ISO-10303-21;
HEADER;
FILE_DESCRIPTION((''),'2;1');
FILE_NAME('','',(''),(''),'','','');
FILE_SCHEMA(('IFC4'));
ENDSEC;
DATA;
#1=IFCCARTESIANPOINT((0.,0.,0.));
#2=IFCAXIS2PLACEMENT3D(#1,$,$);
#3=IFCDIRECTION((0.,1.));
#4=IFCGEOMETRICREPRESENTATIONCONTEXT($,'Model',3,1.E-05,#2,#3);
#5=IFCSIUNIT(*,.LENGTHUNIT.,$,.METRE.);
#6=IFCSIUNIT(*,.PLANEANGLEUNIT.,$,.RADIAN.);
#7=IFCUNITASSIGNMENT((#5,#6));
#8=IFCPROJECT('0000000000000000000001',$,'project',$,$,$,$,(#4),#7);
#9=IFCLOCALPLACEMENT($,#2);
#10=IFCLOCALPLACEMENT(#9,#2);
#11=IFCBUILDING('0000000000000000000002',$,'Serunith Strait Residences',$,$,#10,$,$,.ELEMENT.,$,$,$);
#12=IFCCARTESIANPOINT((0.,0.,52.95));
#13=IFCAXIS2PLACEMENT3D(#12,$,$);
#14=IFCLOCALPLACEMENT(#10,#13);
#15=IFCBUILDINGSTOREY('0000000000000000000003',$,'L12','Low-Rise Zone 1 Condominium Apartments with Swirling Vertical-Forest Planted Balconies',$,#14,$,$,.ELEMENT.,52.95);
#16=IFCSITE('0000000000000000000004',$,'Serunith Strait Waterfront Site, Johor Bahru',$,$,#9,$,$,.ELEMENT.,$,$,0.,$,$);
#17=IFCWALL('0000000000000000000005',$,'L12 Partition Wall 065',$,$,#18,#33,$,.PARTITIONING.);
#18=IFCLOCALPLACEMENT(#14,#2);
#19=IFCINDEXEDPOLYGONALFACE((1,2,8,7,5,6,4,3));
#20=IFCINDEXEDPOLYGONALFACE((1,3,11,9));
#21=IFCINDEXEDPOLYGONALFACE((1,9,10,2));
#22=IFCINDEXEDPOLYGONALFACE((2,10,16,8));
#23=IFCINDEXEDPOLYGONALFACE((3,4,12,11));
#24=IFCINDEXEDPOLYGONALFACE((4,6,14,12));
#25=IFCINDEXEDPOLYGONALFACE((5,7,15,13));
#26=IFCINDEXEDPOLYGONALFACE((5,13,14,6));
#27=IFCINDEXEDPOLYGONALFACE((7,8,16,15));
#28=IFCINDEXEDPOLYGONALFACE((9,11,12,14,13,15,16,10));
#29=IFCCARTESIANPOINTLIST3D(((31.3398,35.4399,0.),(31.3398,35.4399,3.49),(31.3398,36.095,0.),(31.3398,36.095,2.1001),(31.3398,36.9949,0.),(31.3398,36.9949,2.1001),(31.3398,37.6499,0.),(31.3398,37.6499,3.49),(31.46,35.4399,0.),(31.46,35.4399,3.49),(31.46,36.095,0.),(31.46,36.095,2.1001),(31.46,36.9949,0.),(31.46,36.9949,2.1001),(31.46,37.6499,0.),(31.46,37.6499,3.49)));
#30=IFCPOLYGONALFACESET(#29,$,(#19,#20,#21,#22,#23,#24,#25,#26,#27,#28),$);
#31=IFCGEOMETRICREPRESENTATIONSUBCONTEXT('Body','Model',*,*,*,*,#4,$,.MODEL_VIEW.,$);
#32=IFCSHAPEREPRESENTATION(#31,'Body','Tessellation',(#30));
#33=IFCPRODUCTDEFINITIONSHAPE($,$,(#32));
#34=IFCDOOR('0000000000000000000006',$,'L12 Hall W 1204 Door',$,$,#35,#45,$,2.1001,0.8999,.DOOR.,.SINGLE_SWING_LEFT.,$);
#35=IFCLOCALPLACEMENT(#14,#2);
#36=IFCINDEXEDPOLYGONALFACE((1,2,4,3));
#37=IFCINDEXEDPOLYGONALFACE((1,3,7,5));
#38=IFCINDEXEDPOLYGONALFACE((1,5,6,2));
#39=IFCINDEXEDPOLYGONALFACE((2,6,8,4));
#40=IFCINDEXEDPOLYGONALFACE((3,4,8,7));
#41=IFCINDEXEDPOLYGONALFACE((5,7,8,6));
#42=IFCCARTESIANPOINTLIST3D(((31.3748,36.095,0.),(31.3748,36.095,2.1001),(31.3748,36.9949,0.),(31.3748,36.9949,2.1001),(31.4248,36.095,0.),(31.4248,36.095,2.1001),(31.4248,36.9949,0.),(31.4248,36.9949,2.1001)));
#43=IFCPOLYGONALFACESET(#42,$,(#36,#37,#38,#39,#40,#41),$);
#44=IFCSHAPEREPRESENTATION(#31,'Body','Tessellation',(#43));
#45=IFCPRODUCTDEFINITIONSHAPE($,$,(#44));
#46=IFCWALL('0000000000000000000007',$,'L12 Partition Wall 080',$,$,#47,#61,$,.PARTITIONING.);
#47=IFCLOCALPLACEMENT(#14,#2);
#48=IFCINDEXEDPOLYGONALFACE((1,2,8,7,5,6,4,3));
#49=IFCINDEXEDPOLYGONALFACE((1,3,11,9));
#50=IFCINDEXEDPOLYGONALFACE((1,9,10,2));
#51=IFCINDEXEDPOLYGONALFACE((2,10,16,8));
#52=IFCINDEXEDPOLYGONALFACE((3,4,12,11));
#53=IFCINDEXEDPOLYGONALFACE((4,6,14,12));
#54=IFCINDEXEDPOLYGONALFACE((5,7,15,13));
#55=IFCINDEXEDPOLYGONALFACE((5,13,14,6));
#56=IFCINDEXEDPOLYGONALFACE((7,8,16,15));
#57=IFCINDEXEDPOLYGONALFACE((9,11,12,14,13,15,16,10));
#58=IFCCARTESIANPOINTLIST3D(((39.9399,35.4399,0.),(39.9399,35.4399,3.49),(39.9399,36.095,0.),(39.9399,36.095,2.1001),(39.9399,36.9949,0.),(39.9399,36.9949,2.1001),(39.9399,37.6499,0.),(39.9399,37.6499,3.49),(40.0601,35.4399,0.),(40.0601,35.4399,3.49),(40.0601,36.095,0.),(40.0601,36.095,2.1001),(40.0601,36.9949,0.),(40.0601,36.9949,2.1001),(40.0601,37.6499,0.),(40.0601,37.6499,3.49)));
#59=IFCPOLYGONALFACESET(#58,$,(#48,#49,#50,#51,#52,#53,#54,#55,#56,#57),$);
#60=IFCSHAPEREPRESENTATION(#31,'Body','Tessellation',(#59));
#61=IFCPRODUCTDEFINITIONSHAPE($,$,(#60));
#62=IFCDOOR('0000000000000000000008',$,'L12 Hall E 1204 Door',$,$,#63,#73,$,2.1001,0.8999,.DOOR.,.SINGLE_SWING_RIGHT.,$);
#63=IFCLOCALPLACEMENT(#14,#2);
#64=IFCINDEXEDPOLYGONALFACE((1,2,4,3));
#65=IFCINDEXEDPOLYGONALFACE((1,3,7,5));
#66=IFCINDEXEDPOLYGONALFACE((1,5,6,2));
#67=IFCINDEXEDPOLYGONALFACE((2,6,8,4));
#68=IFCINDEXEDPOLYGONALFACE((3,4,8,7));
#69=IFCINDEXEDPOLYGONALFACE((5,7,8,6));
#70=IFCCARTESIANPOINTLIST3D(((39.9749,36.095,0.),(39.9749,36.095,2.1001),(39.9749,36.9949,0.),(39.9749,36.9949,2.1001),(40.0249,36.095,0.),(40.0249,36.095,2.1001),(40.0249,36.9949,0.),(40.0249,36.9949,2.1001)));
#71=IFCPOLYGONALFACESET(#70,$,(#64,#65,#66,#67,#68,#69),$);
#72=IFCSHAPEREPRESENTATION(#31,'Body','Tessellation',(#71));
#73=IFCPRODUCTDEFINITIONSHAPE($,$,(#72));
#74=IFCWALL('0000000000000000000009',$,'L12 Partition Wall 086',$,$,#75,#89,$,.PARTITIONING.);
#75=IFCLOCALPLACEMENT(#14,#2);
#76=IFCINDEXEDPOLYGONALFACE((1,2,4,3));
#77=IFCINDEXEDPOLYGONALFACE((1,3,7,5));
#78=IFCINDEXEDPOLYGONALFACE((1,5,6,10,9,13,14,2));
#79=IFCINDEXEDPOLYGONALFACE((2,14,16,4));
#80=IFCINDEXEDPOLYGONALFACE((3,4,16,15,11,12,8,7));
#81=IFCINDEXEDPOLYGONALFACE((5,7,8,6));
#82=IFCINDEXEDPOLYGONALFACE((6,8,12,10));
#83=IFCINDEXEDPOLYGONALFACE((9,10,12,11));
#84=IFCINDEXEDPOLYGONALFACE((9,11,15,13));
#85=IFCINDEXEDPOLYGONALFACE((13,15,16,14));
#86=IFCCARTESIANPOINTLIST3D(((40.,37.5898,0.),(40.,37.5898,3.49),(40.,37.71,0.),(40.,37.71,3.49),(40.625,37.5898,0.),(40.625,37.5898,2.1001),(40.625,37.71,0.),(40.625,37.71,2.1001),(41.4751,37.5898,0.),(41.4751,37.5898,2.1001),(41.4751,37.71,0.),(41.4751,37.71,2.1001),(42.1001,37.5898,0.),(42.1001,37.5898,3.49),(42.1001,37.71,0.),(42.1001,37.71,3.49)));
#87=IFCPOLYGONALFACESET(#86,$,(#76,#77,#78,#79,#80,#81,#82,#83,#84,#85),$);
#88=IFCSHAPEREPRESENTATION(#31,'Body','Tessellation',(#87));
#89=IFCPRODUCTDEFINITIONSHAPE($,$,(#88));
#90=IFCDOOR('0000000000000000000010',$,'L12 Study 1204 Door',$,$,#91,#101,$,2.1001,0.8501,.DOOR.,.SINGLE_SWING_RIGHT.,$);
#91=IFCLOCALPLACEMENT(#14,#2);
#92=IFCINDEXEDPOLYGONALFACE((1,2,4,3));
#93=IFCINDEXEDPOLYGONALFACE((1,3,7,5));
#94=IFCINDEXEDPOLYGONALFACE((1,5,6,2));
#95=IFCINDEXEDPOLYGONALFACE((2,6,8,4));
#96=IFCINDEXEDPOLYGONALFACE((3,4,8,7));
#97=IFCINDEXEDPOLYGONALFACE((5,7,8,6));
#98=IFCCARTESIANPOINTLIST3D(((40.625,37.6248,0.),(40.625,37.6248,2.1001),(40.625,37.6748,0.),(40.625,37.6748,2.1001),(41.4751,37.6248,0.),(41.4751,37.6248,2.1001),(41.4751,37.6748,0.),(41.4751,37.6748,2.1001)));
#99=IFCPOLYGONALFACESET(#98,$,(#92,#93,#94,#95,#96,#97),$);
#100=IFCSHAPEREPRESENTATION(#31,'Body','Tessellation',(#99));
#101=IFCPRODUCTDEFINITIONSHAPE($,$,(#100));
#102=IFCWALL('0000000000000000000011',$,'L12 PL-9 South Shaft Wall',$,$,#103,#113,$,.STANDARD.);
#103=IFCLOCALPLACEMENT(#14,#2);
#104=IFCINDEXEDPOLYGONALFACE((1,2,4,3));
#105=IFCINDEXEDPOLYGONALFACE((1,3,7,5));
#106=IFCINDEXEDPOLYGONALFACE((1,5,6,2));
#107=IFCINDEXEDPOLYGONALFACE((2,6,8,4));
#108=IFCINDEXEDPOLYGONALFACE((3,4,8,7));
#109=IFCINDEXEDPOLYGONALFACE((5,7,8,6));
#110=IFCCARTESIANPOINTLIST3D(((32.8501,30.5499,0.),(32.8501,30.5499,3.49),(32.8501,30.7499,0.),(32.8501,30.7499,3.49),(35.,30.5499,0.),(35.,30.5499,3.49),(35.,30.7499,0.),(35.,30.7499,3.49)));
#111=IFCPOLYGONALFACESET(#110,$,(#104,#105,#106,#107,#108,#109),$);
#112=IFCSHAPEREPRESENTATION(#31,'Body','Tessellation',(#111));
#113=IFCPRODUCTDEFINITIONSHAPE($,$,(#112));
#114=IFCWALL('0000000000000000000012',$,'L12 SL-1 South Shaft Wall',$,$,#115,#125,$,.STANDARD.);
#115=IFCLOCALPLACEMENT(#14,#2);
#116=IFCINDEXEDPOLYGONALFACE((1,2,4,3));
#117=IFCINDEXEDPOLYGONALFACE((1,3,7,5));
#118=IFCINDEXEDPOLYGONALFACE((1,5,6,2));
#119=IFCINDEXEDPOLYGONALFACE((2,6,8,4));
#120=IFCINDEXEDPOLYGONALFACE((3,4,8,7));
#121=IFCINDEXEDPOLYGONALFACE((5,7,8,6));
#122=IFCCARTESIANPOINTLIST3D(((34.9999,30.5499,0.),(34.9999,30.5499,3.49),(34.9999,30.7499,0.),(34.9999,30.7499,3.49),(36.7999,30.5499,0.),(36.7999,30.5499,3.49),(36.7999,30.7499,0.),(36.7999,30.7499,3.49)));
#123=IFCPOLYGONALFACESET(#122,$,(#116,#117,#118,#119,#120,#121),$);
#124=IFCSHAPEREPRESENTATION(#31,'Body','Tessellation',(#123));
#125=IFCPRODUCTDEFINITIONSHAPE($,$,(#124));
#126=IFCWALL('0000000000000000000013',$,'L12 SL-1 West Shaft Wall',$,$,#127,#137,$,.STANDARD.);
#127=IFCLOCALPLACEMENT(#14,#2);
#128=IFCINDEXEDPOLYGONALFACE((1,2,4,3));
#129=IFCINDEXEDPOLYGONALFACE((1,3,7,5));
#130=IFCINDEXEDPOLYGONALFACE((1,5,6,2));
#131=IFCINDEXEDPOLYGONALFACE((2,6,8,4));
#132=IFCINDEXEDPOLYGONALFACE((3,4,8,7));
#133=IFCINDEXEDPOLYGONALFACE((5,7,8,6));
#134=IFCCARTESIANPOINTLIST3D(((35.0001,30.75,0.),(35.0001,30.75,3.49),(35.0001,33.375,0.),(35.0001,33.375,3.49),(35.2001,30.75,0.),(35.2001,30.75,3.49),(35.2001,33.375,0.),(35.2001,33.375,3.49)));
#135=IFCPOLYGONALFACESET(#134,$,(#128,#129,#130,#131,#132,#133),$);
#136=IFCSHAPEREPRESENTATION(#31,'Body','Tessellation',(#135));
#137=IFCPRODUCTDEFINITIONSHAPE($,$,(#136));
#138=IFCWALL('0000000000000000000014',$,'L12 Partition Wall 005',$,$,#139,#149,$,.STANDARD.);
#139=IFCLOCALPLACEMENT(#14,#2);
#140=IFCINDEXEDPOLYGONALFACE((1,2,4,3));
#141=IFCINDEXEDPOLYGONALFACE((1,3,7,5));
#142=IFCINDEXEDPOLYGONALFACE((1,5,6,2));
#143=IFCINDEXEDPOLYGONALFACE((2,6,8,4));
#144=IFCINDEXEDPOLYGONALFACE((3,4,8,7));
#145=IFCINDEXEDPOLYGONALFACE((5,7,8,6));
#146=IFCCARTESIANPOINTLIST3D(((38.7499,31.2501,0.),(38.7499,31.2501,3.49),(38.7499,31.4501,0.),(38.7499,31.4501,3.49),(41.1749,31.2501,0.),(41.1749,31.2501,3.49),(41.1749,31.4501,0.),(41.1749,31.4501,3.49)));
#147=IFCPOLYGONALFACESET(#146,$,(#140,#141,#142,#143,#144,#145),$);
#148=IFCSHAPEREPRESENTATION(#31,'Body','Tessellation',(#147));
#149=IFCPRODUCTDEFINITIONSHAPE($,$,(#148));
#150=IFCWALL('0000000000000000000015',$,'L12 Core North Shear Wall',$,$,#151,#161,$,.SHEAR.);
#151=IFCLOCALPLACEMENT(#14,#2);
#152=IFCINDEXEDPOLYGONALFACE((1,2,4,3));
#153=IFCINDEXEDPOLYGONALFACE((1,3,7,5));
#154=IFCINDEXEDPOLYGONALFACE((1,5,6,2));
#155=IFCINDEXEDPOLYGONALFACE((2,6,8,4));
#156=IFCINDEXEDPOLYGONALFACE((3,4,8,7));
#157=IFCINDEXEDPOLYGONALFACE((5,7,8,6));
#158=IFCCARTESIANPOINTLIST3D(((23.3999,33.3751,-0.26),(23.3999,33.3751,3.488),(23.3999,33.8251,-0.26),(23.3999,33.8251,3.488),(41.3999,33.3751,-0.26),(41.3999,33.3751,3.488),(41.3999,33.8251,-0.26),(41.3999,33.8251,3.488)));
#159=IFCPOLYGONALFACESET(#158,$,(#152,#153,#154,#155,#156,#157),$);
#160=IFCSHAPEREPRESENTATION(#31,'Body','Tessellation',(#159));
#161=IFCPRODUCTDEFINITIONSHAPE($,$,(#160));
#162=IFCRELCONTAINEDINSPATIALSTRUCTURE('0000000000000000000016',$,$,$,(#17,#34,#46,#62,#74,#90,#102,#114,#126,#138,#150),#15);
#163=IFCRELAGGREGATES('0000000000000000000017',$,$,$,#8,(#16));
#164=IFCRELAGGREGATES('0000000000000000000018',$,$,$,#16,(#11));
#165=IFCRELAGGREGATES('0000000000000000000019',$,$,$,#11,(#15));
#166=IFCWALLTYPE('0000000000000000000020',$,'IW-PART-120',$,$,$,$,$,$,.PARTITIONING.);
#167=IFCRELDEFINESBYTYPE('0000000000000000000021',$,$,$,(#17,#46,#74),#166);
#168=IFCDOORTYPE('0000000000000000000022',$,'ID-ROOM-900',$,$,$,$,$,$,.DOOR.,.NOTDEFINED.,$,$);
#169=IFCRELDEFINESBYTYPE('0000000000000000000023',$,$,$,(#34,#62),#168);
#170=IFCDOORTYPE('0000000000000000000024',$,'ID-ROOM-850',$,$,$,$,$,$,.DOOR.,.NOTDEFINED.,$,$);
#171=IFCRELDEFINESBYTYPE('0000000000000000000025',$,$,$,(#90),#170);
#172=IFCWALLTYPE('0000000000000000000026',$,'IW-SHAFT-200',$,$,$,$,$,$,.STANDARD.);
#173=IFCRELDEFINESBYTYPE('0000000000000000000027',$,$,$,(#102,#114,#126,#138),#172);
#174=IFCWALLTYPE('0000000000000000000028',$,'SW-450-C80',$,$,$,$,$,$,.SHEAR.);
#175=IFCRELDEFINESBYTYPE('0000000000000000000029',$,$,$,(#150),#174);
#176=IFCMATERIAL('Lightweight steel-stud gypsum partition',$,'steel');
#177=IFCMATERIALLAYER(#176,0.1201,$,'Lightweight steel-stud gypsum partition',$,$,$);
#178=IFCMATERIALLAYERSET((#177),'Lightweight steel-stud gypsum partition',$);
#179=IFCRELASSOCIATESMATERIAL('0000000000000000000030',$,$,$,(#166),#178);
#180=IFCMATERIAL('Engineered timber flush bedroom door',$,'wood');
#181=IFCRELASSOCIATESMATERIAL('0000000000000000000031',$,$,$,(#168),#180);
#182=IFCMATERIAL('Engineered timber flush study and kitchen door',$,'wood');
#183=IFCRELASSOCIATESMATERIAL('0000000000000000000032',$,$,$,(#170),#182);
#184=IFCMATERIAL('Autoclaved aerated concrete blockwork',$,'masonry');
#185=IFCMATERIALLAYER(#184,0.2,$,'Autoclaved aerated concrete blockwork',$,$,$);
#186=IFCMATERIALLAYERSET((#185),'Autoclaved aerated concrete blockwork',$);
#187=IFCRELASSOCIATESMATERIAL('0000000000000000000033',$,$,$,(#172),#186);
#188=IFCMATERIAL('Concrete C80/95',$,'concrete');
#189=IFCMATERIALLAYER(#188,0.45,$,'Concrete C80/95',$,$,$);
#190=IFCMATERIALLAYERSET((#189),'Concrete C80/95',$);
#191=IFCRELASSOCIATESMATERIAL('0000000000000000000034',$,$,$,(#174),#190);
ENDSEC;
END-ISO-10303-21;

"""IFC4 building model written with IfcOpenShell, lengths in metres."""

from ifc_helpers import new_model, si_unit, direction, frame, frame_2d, origin, place, context, subcontext, project, spatial, rectangle, extrude, source, transform, mapped, material, layer, layer_set, type_object, element, fill, save


model = new_model("IFC4")

# Units and contexts
model_context = context("Model", 3, precision=1e-05, world=origin(), true_north=direction((0.0, 1.0)))
body_context = subcontext(model_context, "Body", "Model", "MODEL_VIEW")
ifc_project = project(units=[si_unit("LENGTHUNIT", "METRE"), si_unit("PLANEANGLEUNIT", "RADIAN")], contexts=[model_context])

# Site, building, storey
site_placement = place(None, origin())
site = spatial("IfcSite", under=ifc_project, at=site_placement, Name="Serunith Strait Waterfront Site, Johor Bahru", CompositionType="ELEMENT", RefElevation=0.0)
building_placement = place(site_placement, origin())
building = spatial("IfcBuilding", under=site, at=building_placement, Name="Serunith Strait Residences", CompositionType="ELEMENT")
storey_placement = place(building_placement, frame((0.0, 0.0, 52.95)))
storey = spatial("IfcBuildingStorey", under=building, at=storey_placement, Name="L12", Description="Low-Rise Zone 1 Condominium Apartments with Swirling Vertical-Forest Planted Balconies", CompositionType="ELEMENT", Elevation=52.95)

# Walls, openings, doors
shared_shape_1 = source(origin(), body_context, "Body", "SweptSolid", [
    extrude(rectangle(XDim=0.8501, YDim=2.1001, at=frame_2d((0.425, 1.05))), frame((0.0, 0.0249, 0.0), z_axis=(0.0, -1.0, 0.0), x_axis=(1.0, 0.0, 0.0)), (0.0, 0.0, 1.0), 0.05),
])
ifc_material_1 = material(Name="Lightweight steel-stud gypsum partition", Category="steel")
ifc_layer_1 = layer(ifc_material_1, 0.1201, Name="Lightweight steel-stud gypsum partition")
ifc_layer_set_1 = layer_set([ifc_layer_1], Name="Lightweight steel-stud gypsum partition")
wall_type_1 = type_object("IfcWallType", Name="IW-PART-120", PredefinedType="PARTITIONING", material=ifc_layer_set_1)
wall_1_placement = place(storey_placement, frame((31.3999, 37.6499, 0.0), z_axis=(0.0, 0.0, 1.0), x_axis=(0.0, -1.0, 0.0)))
wall_1 = element("IfcWall", 1, at=wall_1_placement, inside=storey, type_object=wall_type_1, Name="L12 Partition Wall 065", PredefinedType="PARTITIONING", context=body_context, shape_type="SweptSolid", body=[
    extrude(rectangle(XDim=2.21, YDim=0.1201, at=frame_2d((1.105, 0.0))), origin(), (0.0, 0.0, 1.0), 3.49),
])
opening_1_placement = place(wall_1_placement, frame((0.655, 0.0, 0.0)))
opening_1 = element("IfcOpeningElement", 2, at=opening_1_placement, cuts=wall_1, PredefinedType="OPENING", context=body_context, shape_type="SweptSolid", body=[
    extrude(rectangle(XDim=0.8999, YDim=2.1001, at=frame_2d((0.45, 1.05))), frame((0.0, 0.0701, 0.0), z_axis=(0.0, -1.0, 0.0), x_axis=(1.0, 0.0, 0.0)), (0.0, 0.0, 1.0), 0.1401),
])
ifc_material_2 = material(Name="Engineered timber flush bedroom door", Category="wood")
door_type_1 = type_object("IfcDoorType", Name="ID-ROOM-900", OperationType="NOTDEFINED", PredefinedType="DOOR", material=ifc_material_2)
shared_shape_2 = source(origin(), body_context, "Body", "SweptSolid", [
    extrude(rectangle(XDim=0.8999, YDim=2.1001, at=frame_2d((0.45, 1.05))), frame((0.0, 0.0249, 0.0), z_axis=(0.0, -1.0, 0.0), x_axis=(1.0, 0.0, 0.0)), (0.0, 0.0, 1.0), 0.05),
])
door_1_placement = place(opening_1_placement, origin())
door_1 = element("IfcDoor", 3, at=door_1_placement, inside=storey, type_object=door_type_1, Name="L12 Hall W 1204 Door", OperationType="SINGLE_SWING_LEFT", OverallHeight=2.1001, OverallWidth=0.8999, PredefinedType="DOOR", context=body_context, shape_type="MappedRepresentation", body=[
    mapped(shared_shape_2, transform((0.0, 0.0, 0.0), scale=1.0)),
])
fill(opening_1, door_1)
wall_2_placement = place(storey_placement, frame((40.0, 37.6499, 0.0), z_axis=(0.0, 0.0, 1.0), x_axis=(0.0, -1.0, 0.0)))
wall_2 = element("IfcWall", 4, at=wall_2_placement, inside=storey, type_object=wall_type_1, Name="L12 Partition Wall 080", PredefinedType="PARTITIONING", context=body_context, shape_type="SweptSolid", body=[
    extrude(rectangle(XDim=2.21, YDim=0.1201, at=frame_2d((1.105, 0.0))), origin(), (0.0, 0.0, 1.0), 3.49),
])
opening_2_placement = place(wall_2_placement, frame((0.655, 0.0, 0.0)))
opening_2 = element("IfcOpeningElement", 5, at=opening_2_placement, cuts=wall_2, PredefinedType="OPENING", context=body_context, shape_type="SweptSolid", body=[
    extrude(rectangle(XDim=0.8999, YDim=2.1001, at=frame_2d((0.45, 1.05))), frame((0.0, 0.0701, 0.0), z_axis=(0.0, -1.0, 0.0), x_axis=(1.0, 0.0, 0.0)), (0.0, 0.0, 1.0), 0.1401),
])
door_2_placement = place(opening_2_placement, origin())
door_2 = element("IfcDoor", 6, at=door_2_placement, inside=storey, type_object=door_type_1, Name="L12 Hall E 1204 Door", OperationType="SINGLE_SWING_RIGHT", OverallHeight=2.1001, OverallWidth=0.8999, PredefinedType="DOOR", context=body_context, shape_type="MappedRepresentation", body=[
    mapped(shared_shape_2, transform((0.0, 0.0, 0.0), scale=1.0)),
])
fill(opening_2, door_2)
wall_3_placement = place(storey_placement, frame((40.0, 37.6499, 0.0), z_axis=(0.0, 0.0, 1.0), x_axis=(1.0, 0.0, 0.0)))
wall_3 = element("IfcWall", 7, at=wall_3_placement, inside=storey, type_object=wall_type_1, Name="L12 Partition Wall 086", PredefinedType="PARTITIONING", context=body_context, shape_type="SweptSolid", body=[
    extrude(rectangle(XDim=2.1001, YDim=0.1201, at=frame_2d((1.05, 0.0))), origin(), (0.0, 0.0, 1.0), 3.49),
])
opening_3_placement = place(wall_3_placement, frame((0.625, 0.0, 0.0)))
opening_3 = element("IfcOpeningElement", 8, at=opening_3_placement, cuts=wall_3, PredefinedType="OPENING", context=body_context, shape_type="SweptSolid", body=[
    extrude(rectangle(XDim=0.8501, YDim=2.1001, at=frame_2d((0.425, 1.05))), frame((0.0, 0.0701, 0.0), z_axis=(0.0, -1.0, 0.0), x_axis=(1.0, 0.0, 0.0)), (0.0, 0.0, 1.0), 0.1401),
])
ifc_material_3 = material(Name="Engineered timber flush study and kitchen door", Category="wood")
door_type_2 = type_object("IfcDoorType", Name="ID-ROOM-850", OperationType="NOTDEFINED", PredefinedType="DOOR", material=ifc_material_3)
door_3_placement = place(opening_3_placement, origin())
door_3 = element("IfcDoor", 9, at=door_3_placement, inside=storey, type_object=door_type_2, Name="L12 Study 1204 Door", OperationType="SINGLE_SWING_RIGHT", OverallHeight=2.1001, OverallWidth=0.8501, PredefinedType="DOOR", context=body_context, shape_type="MappedRepresentation", body=[
    mapped(shared_shape_1, transform((0.0, 0.0, 0.0), scale=1.0)),
])
fill(opening_3, door_3)

# Walls
ifc_material_4 = material(Name="Autoclaved aerated concrete blockwork", Category="masonry")
ifc_layer_2 = layer(ifc_material_4, 0.2, Name="Autoclaved aerated concrete blockwork")
ifc_layer_set_2 = layer_set([ifc_layer_2], Name="Autoclaved aerated concrete blockwork")
wall_type_2 = type_object("IfcWallType", Name="IW-SHAFT-200", PredefinedType="STANDARD", material=ifc_layer_set_2)
wall_4_placement = place(storey_placement, frame((32.8501, 30.6499, 0.0), z_axis=(0.0, 0.0, 1.0), x_axis=(1.0, 0.0, 0.0)))
element("IfcWall", 10, at=wall_4_placement, inside=storey, type_object=wall_type_2, Name="L12 PL-9 South Shaft Wall", PredefinedType="STANDARD", context=body_context, shape_type="SweptSolid", body=[
    extrude(rectangle(XDim=2.1499, YDim=0.2, at=frame_2d((1.075, 0.0))), origin(), (0.0, 0.0, 1.0), 3.49),
])
wall_5_placement = place(storey_placement, frame((35.0, 30.6499, 0.0), z_axis=(0.0, 0.0, 1.0), x_axis=(1.0, 0.0, 0.0)))
element("IfcWall", 11, at=wall_5_placement, inside=storey, type_object=wall_type_2, Name="L12 SL-1 South Shaft Wall", PredefinedType="STANDARD", context=body_context, shape_type="SweptSolid", body=[
    extrude(rectangle(XDim=1.8, YDim=0.2, at=frame_2d((0.8999, 0.0))), origin(), (0.0, 0.0, 1.0), 3.49),
])
wall_6_placement = place(storey_placement, frame((35.1001, 30.75, 0.0), z_axis=(0.0, 0.0, 1.0), x_axis=(0.0, 1.0, 0.0)))
element("IfcWall", 12, at=wall_6_placement, inside=storey, type_object=wall_type_2, Name="L12 SL-1 West Shaft Wall", PredefinedType="STANDARD", context=body_context, shape_type="SweptSolid", body=[
    extrude(rectangle(XDim=2.625, YDim=0.2, at=frame_2d((1.3125, 0.0))), origin(), (0.0, 0.0, 1.0), 3.49),
])
wall_7_placement = place(storey_placement, frame((38.75, 31.3501, 0.0), z_axis=(0.0, 0.0, 1.0), x_axis=(1.0, 0.0, 0.0)))
element("IfcWall", 13, at=wall_7_placement, inside=storey, type_object=wall_type_2, Name="L12 Partition Wall 005", PredefinedType="STANDARD", context=body_context, shape_type="SweptSolid", body=[
    extrude(rectangle(XDim=2.425, YDim=0.2, at=frame_2d((1.2124, 0.0))), origin(), (0.0, 0.0, 1.0), 3.49),
])
ifc_material_5 = material(Name="Concrete C80/95", Category="concrete")
ifc_layer_3 = layer(ifc_material_5, 0.45, Name="Concrete C80/95")
ifc_layer_set_3 = layer_set([ifc_layer_3], Name="Concrete C80/95")
wall_type_3 = type_object("IfcWallType", Name="SW-450-C80", PredefinedType="SHEAR", material=ifc_layer_set_3)
wall_8_placement = place(storey_placement, frame((41.3999, 33.6001, -0.26), z_axis=(0.0, 0.0, 1.0), x_axis=(-1.0, 0.0, 0.0)))
element("IfcWall", 14, at=wall_8_placement, inside=storey, type_object=wall_type_3, Name="L12 Core North Shear Wall", PredefinedType="SHEAR", context=body_context, shape_type="SweptSolid", body=[
    extrude(rectangle(XDim=18.0, YDim=0.45, at=frame_2d((9.0, 0.0))), origin(), (0.0, 0.0, 1.0), 3.748),
])

save(model, "model.ifc")
